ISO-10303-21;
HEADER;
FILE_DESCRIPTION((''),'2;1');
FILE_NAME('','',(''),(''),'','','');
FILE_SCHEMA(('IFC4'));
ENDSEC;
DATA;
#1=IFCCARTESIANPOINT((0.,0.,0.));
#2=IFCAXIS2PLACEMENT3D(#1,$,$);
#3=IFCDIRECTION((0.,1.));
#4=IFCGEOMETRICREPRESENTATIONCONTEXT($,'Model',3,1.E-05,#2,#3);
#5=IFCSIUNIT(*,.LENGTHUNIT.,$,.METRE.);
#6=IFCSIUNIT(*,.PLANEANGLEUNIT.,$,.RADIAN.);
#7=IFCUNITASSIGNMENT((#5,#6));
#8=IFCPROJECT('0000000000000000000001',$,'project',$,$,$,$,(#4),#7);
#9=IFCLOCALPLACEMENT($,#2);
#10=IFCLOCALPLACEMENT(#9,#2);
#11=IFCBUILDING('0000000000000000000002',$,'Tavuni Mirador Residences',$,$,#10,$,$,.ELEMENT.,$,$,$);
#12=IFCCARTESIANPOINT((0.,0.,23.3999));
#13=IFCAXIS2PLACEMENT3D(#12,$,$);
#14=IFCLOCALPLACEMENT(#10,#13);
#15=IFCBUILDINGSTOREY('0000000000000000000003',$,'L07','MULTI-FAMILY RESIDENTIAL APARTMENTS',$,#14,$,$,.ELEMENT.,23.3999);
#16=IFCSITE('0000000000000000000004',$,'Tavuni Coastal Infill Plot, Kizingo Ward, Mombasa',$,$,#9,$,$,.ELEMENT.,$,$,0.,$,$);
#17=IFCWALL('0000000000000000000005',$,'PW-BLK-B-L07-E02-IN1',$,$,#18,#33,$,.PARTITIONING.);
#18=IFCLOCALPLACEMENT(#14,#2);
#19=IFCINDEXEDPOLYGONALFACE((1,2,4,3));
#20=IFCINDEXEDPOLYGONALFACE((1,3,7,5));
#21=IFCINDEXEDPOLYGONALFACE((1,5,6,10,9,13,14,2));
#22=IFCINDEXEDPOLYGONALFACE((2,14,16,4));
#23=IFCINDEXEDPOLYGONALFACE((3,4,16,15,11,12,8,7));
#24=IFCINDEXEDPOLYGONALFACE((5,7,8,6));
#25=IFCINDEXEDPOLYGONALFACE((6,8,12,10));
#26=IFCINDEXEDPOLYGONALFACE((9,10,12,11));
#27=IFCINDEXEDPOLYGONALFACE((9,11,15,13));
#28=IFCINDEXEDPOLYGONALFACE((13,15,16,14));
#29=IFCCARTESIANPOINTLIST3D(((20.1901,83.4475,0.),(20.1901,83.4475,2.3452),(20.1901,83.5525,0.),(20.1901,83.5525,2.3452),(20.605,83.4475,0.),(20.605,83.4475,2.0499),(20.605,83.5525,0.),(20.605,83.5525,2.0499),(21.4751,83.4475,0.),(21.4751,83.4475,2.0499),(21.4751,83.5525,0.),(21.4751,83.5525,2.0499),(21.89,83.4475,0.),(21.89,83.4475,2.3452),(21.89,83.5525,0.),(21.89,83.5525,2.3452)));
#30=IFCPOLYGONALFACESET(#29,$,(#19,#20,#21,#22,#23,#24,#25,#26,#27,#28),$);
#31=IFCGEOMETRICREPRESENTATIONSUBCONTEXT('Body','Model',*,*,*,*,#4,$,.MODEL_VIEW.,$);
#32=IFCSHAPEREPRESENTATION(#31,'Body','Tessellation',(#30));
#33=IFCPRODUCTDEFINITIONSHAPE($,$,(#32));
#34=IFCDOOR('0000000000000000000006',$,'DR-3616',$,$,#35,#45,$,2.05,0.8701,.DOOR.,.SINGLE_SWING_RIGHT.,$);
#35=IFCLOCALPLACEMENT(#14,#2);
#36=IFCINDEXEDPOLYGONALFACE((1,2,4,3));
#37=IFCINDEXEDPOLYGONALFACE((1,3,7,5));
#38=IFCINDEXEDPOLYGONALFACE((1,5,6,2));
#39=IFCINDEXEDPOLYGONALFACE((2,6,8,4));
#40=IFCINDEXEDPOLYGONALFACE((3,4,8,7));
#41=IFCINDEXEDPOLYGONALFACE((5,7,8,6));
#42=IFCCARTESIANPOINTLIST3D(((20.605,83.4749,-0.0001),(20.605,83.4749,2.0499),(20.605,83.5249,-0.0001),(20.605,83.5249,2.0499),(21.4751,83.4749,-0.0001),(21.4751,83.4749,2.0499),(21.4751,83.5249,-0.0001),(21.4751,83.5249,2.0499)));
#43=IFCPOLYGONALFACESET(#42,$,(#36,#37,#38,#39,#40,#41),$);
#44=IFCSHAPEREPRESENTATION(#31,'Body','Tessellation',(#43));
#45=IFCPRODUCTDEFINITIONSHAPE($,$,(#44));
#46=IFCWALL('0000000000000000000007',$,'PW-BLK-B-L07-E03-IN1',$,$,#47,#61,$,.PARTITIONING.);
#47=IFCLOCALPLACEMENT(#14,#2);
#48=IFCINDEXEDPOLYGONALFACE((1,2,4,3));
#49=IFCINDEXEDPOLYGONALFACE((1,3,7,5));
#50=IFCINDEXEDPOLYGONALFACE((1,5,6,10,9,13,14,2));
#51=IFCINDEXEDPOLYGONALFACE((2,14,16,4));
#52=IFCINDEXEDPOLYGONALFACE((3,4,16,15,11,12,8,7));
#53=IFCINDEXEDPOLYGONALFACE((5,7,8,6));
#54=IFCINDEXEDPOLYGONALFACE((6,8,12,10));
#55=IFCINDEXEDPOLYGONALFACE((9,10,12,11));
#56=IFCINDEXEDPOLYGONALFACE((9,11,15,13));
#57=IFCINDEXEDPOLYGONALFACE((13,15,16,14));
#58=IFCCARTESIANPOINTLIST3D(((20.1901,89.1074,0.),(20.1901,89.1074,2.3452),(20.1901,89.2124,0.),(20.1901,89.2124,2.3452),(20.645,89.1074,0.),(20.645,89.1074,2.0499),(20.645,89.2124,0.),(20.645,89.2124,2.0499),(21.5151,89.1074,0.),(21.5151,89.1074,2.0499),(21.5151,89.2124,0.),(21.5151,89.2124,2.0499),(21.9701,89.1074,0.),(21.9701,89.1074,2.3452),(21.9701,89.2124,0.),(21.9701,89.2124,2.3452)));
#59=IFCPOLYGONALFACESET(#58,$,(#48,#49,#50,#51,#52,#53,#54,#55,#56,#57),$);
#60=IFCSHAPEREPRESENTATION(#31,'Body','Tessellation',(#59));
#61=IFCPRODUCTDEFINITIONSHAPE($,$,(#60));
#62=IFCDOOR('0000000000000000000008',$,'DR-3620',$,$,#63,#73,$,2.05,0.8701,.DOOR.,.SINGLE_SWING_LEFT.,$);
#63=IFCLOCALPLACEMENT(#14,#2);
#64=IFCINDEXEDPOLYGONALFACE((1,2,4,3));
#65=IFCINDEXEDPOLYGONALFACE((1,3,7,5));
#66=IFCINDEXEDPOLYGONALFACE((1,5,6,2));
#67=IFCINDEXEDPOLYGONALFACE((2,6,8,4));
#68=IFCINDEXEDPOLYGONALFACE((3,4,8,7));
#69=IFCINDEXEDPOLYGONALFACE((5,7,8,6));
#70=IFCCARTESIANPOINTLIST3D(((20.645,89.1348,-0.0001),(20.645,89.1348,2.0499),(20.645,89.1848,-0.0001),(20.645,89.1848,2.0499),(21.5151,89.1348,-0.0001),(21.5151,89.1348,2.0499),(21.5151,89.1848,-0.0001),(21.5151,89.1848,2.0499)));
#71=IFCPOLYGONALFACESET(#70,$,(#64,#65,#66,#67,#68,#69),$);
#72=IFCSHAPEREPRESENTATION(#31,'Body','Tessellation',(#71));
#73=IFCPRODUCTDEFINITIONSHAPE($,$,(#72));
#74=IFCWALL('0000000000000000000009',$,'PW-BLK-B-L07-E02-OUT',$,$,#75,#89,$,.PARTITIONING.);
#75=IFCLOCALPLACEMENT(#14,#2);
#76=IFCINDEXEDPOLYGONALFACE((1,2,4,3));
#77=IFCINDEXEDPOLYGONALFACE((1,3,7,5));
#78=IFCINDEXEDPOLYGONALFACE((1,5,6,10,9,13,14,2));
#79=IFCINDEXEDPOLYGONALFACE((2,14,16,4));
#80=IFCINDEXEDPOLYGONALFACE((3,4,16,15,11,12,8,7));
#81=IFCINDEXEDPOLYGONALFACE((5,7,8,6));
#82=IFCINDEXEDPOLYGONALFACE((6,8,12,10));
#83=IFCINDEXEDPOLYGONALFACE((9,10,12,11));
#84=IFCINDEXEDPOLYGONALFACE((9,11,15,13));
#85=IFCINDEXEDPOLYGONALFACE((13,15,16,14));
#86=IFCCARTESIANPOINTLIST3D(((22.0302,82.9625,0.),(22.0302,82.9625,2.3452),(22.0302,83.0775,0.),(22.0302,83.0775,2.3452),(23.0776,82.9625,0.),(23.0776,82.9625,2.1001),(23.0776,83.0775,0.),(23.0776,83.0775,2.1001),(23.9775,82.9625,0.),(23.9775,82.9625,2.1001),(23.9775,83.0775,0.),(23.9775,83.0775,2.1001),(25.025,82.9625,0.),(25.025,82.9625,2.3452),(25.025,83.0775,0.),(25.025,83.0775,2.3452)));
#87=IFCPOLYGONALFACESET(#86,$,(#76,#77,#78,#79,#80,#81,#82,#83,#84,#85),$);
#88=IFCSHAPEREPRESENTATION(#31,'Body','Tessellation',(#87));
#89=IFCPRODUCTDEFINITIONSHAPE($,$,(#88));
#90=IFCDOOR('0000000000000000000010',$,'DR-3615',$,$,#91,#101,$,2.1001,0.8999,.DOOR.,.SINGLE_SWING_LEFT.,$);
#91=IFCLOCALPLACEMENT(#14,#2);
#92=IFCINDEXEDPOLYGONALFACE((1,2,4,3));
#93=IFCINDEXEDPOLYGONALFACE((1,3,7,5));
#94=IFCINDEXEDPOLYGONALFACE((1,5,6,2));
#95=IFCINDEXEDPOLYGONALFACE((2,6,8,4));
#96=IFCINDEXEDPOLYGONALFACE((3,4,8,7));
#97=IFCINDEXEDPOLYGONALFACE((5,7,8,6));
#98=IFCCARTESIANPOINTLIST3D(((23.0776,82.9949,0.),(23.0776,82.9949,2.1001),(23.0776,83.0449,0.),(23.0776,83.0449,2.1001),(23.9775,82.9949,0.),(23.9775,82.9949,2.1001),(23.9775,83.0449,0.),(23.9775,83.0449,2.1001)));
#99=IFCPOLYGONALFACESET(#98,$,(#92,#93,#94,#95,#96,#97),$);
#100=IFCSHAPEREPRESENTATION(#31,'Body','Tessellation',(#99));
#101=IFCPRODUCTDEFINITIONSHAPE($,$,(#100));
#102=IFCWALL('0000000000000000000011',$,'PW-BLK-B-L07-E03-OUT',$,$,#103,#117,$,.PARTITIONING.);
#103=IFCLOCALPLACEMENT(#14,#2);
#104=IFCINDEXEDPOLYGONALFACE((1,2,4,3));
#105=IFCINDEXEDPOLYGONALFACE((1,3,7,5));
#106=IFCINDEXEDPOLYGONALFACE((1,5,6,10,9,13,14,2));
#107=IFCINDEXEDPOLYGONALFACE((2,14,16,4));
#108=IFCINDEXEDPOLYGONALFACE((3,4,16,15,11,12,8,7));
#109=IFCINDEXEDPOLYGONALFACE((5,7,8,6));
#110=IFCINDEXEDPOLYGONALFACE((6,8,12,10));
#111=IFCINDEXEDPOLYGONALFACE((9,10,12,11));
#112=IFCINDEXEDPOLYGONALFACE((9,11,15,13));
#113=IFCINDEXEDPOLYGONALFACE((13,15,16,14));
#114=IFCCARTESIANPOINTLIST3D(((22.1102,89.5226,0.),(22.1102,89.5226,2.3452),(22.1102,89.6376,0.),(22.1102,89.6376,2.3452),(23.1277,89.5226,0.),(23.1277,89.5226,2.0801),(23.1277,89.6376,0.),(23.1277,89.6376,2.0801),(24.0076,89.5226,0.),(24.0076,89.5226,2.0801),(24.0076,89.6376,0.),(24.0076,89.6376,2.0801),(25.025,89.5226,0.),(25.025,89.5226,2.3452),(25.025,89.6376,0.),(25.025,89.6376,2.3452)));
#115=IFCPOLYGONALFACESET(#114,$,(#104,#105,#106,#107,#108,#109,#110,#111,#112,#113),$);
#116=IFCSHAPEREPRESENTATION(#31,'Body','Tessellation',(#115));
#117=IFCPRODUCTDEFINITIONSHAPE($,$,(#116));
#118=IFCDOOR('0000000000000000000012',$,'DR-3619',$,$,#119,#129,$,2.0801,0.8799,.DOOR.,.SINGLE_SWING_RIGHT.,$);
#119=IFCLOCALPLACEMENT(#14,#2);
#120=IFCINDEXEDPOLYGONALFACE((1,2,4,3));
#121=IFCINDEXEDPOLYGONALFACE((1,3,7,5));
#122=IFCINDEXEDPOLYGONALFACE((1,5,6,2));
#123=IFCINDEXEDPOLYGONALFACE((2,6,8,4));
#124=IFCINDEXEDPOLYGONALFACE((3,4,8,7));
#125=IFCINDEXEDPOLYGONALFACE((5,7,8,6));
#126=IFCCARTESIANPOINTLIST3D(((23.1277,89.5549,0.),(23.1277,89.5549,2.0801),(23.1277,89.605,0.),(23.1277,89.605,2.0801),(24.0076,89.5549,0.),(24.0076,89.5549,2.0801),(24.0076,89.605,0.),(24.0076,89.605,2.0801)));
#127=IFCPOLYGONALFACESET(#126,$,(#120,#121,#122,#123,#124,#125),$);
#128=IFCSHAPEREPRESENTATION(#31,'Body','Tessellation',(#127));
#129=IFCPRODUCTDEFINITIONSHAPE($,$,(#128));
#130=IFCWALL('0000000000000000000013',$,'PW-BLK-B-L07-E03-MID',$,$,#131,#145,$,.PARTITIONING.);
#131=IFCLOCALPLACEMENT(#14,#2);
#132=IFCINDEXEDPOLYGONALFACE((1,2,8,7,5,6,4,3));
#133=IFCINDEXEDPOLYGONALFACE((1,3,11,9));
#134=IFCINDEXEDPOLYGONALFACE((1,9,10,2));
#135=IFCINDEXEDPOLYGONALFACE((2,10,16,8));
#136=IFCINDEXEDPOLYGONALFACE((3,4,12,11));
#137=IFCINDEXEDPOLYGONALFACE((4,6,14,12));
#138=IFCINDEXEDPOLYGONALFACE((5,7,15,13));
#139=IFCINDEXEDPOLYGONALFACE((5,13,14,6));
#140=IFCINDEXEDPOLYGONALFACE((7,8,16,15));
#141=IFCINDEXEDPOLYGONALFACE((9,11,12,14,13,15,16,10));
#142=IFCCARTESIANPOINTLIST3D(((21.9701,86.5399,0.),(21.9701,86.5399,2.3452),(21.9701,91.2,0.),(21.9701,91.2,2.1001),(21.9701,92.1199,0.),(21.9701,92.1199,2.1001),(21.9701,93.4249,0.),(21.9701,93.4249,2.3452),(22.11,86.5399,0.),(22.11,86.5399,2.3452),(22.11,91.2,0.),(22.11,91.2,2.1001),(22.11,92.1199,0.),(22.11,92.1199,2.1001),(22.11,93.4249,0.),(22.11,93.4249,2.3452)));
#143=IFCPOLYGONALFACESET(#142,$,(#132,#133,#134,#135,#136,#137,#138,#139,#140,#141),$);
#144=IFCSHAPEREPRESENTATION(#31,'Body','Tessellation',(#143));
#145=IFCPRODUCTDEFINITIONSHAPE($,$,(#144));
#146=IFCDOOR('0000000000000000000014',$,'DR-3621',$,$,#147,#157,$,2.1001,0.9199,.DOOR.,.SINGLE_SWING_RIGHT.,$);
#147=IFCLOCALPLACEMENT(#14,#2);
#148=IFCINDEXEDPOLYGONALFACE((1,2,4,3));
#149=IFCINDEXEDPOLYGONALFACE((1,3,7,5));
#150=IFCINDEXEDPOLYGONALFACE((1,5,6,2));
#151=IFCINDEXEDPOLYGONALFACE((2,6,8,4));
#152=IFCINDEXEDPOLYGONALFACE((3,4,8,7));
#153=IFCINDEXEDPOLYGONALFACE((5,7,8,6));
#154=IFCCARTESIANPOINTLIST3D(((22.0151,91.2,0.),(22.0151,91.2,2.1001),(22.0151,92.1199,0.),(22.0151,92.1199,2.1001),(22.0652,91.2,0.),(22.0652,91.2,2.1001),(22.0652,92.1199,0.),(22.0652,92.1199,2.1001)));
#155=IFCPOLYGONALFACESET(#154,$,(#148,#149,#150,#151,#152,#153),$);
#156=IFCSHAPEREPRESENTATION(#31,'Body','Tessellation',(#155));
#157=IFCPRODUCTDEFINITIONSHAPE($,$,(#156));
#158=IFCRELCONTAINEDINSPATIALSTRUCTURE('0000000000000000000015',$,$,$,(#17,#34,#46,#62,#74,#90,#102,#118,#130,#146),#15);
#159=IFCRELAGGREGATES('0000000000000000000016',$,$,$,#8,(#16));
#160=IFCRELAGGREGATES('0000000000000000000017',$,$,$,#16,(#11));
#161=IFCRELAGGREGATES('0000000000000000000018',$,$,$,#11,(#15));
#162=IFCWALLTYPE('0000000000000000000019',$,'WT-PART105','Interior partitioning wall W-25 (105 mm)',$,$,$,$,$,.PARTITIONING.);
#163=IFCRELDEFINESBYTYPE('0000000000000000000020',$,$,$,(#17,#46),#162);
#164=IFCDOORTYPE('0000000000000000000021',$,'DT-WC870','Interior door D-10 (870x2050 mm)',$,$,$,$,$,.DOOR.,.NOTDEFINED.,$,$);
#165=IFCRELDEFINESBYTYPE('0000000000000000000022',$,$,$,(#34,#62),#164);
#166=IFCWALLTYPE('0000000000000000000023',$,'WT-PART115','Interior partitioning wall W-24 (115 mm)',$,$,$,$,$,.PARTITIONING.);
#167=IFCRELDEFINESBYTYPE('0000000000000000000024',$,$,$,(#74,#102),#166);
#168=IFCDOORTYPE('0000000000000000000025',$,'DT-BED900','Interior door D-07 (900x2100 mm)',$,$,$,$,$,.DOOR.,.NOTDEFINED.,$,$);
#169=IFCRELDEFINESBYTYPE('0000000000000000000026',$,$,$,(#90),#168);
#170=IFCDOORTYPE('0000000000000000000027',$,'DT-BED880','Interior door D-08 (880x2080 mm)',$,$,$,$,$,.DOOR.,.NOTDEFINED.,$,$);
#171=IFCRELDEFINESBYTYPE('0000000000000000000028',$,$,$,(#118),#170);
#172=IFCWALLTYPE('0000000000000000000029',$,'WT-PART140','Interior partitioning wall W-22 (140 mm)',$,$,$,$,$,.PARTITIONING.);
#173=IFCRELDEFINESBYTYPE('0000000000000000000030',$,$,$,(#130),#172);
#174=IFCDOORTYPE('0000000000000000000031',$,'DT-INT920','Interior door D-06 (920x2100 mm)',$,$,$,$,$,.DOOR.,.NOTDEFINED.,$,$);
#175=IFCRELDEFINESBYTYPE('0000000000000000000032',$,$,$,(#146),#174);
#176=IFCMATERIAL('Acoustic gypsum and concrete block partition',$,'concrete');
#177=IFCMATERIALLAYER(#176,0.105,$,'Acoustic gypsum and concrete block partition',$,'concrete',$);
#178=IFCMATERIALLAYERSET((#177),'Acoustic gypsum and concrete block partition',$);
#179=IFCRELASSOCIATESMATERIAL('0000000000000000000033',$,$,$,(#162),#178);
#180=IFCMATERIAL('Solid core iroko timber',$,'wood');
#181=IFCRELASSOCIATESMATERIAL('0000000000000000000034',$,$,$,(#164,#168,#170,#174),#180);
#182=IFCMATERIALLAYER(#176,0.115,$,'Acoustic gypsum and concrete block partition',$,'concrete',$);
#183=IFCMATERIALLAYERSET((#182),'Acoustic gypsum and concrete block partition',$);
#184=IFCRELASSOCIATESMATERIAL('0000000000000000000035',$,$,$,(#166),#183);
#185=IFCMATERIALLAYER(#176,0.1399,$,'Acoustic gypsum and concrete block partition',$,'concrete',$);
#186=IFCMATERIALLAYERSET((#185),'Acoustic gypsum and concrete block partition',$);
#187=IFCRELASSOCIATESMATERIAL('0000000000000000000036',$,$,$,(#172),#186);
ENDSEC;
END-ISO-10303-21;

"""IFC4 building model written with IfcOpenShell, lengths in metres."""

from ifc_helpers import new_model, si_unit, direction, frame, frame_2d, origin, place, context, subcontext, project, spatial, rectangle, extrude, material, layer, layer_set, type_object, element, fill, save


model = new_model("IFC4")

# Units and contexts
model_context = context("Model", 3, precision=1e-05, world=origin(), true_north=direction((0.0, 1.0)))
body_context = subcontext(model_context, "Body", "Model", "MODEL_VIEW")
ifc_project = project(units=[si_unit("LENGTHUNIT", "METRE"), si_unit("PLANEANGLEUNIT", "RADIAN")], contexts=[model_context])

# Site, building, storey
site_placement = place(None, origin())
site = spatial("IfcSite", under=ifc_project, at=site_placement, Name="Tavuni Coastal Infill Plot, Kizingo Ward, Mombasa", CompositionType="ELEMENT", RefElevation=0.0)
building_placement = place(site_placement, origin())
building = spatial("IfcBuilding", under=site, at=building_placement, Name="Tavuni Mirador Residences", CompositionType="ELEMENT")
storey_placement = place(building_placement, frame((0.0, 0.0, 23.3999)))
storey = spatial("IfcBuildingStorey", under=building, at=storey_placement, Name="L07", Description="MULTI-FAMILY RESIDENTIAL APARTMENTS", CompositionType="ELEMENT", Elevation=23.3999)

# Shared definitions
ifc_material_1 = material(Name="Solid core iroko timber", Category="wood")

# Walls, openings, doors
ifc_material_2 = material(Name="Acoustic gypsum and concrete block partition", Category="concrete")
ifc_layer_1 = layer(ifc_material_2, 0.105, Name="Acoustic gypsum and concrete block partition", Category="concrete")
ifc_layer_set_1 = layer_set([ifc_layer_1], Name="Acoustic gypsum and concrete block partition")
wall_type_1 = type_object("IfcWallType", Name="WT-PART105", Description="Interior partitioning wall W-25 (105 mm)", PredefinedType="PARTITIONING", material=ifc_layer_set_1)
wall_1_placement = place(storey_placement, frame((20.1899, 83.5, 0.0), z_axis=(0.0, 0.0, 1.0), x_axis=(1.0, 0.0, 0.0)))
wall_1 = element("IfcWall", 1, at=wall_1_placement, inside=storey, type_object=wall_type_1, Name="PW-BLK-B-L07-E02-IN1", PredefinedType="PARTITIONING", context=body_context, shape_type="SweptSolid", body=[
    extrude(rectangle(XDim=1.7, YDim=0.105, at=frame_2d((0.8501, 0.0))), origin(), (0.0, 0.0, 1.0), 2.3452),
])
opening_1_placement = place(wall_1_placement, frame((0.415, 0.0, 0.0)))
opening_1 = element("IfcOpeningElement", 2, at=opening_1_placement, cuts=wall_1, PredefinedType="OPENING", context=body_context, shape_type="SweptSolid", body=[
    extrude(rectangle(XDim=0.8701, YDim=2.05, at=frame_2d((0.4351, 1.0249))), frame((0.0, 0.0625, 0.0), z_axis=(0.0, -1.0, 0.0), x_axis=(1.0, 0.0, 0.0)), (0.0, 0.0, 1.0), 0.125),
])
door_type_1 = type_object("IfcDoorType", Name="DT-WC870", Description="Interior door D-10 (870x2050 mm)", OperationType="NOTDEFINED", PredefinedType="DOOR", material=ifc_material_1)
door_1_placement = place(opening_1_placement, origin())
door_1 = element("IfcDoor", 3, at=door_1_placement, inside=storey, type_object=door_type_1, Name="DR-3616", OperationType="SINGLE_SWING_RIGHT", OverallHeight=2.05, OverallWidth=0.8701, PredefinedType="DOOR", context=body_context, shape_type="SweptSolid", body=[
    extrude(rectangle(XDim=0.8701, YDim=2.05, at=frame_2d((0.4351, 1.0249))), frame((0.0, 0.0249, 0.0), z_axis=(0.0, -1.0, 0.0), x_axis=(1.0, 0.0, 0.0)), (0.0, 0.0, 1.0), 0.05),
])
fill(opening_1, door_1)
wall_2_placement = place(storey_placement, frame((20.1899, 89.1599, 0.0), z_axis=(0.0, 0.0, 1.0), x_axis=(1.0, 0.0, 0.0)))
wall_2 = element("IfcWall", 4, at=wall_2_placement, inside=storey, type_object=wall_type_1, Name="PW-BLK-B-L07-E03-IN1", PredefinedType="PARTITIONING", context=body_context, shape_type="SweptSolid", body=[
    extrude(rectangle(XDim=1.78, YDim=0.105, at=frame_2d((0.8901, 0.0))), origin(), (0.0, 0.0, 1.0), 2.3452),
])
opening_2_placement = place(wall_2_placement, frame((0.4551, 0.0, 0.0)))
opening_2 = element("IfcOpeningElement", 5, at=opening_2_placement, cuts=wall_2, PredefinedType="OPENING", context=body_context, shape_type="SweptSolid", body=[
    extrude(rectangle(XDim=0.8701, YDim=2.05, at=frame_2d((0.4351, 1.0249))), frame((0.0, 0.0625, 0.0), z_axis=(0.0, -1.0, 0.0), x_axis=(1.0, 0.0, 0.0)), (0.0, 0.0, 1.0), 0.125),
])
door_2_placement = place(opening_2_placement, origin())
door_2 = element("IfcDoor", 6, at=door_2_placement, inside=storey, type_object=door_type_1, Name="DR-3620", OperationType="SINGLE_SWING_LEFT", OverallHeight=2.05, OverallWidth=0.8701, PredefinedType="DOOR", context=body_context, shape_type="SweptSolid", body=[
    extrude(rectangle(XDim=0.8701, YDim=2.05, at=frame_2d((0.4351, 1.0249))), frame((0.0, 0.0249, 0.0), z_axis=(0.0, -1.0, 0.0), x_axis=(1.0, 0.0, 0.0)), (0.0, 0.0, 1.0), 0.05),
])
fill(opening_2, door_2)
ifc_layer_2 = layer(ifc_material_2, 0.115, Name="Acoustic gypsum and concrete block partition", Category="concrete")
ifc_layer_set_2 = layer_set([ifc_layer_2], Name="Acoustic gypsum and concrete block partition")
wall_type_2 = type_object("IfcWallType", Name="WT-PART115", Description="Interior partitioning wall W-24 (115 mm)", PredefinedType="PARTITIONING", material=ifc_layer_set_2)
wall_3_placement = place(storey_placement, frame((22.03, 83.02, 0.0), z_axis=(0.0, 0.0, 1.0), x_axis=(1.0, 0.0, 0.0)))
wall_3 = element("IfcWall", 7, at=wall_3_placement, inside=storey, type_object=wall_type_2, Name="PW-BLK-B-L07-E02-OUT", PredefinedType="PARTITIONING", context=body_context, shape_type="SweptSolid", body=[
    extrude(rectangle(XDim=2.9949, YDim=0.115, at=frame_2d((1.4976, 0.0))), origin(), (0.0, 0.0, 1.0), 2.3452),
])
opening_3_placement = place(wall_3_placement, frame((1.0476, 0.0, 0.0)))
opening_3 = element("IfcOpeningElement", 8, at=opening_3_placement, cuts=wall_3, PredefinedType="OPENING", context=body_context, shape_type="SweptSolid", body=[
    extrude(rectangle(XDim=0.8999, YDim=2.1001, at=frame_2d((0.45, 1.05))), frame((0.0, 0.0674, 0.0), z_axis=(0.0, -1.0, 0.0), x_axis=(1.0, 0.0, 0.0)), (0.0, 0.0, 1.0), 0.135),
])
door_type_2 = type_object("IfcDoorType", Name="DT-BED900", Description="Interior door D-07 (900x2100 mm)", OperationType="NOTDEFINED", PredefinedType="DOOR", material=ifc_material_1)
door_3_placement = place(opening_3_placement, origin())
door_3 = element("IfcDoor", 9, at=door_3_placement, inside=storey, type_object=door_type_2, Name="DR-3615", OperationType="SINGLE_SWING_LEFT", OverallHeight=2.1001, OverallWidth=0.8999, PredefinedType="DOOR", context=body_context, shape_type="SweptSolid", body=[
    extrude(rectangle(XDim=0.8999, YDim=2.1001, at=frame_2d((0.45, 1.05))), frame((0.0, 0.0249, 0.0), z_axis=(0.0, -1.0, 0.0), x_axis=(1.0, 0.0, 0.0)), (0.0, 0.0, 1.0), 0.05),
])
fill(opening_3, door_3)
wall_4_placement = place(storey_placement, frame((22.1101, 89.5801, 0.0), z_axis=(0.0, 0.0, 1.0), x_axis=(1.0, 0.0, 0.0)))
wall_4 = element("IfcWall", 10, at=wall_4_placement, inside=storey, type_object=wall_type_2, Name="PW-BLK-B-L07-E03-OUT", PredefinedType="PARTITIONING", context=body_context, shape_type="SweptSolid", body=[
    extrude(rectangle(XDim=2.9148, YDim=0.115, at=frame_2d((1.4575, 0.0))), origin(), (0.0, 0.0, 1.0), 2.3452),
])
opening_4_placement = place(wall_4_placement, frame((1.0176, 0.0, 0.0)))
opening_4 = element("IfcOpeningElement", 11, at=opening_4_placement, cuts=wall_4, PredefinedType="OPENING", context=body_context, shape_type="SweptSolid", body=[
    extrude(rectangle(XDim=0.8799, YDim=2.0801, at=frame_2d((0.4399, 1.04))), frame((0.0, 0.0674, 0.0), z_axis=(0.0, -1.0, 0.0), x_axis=(1.0, 0.0, 0.0)), (0.0, 0.0, 1.0), 0.135),
])
door_type_3 = type_object("IfcDoorType", Name="DT-BED880", Description="Interior door D-08 (880x2080 mm)", OperationType="NOTDEFINED", PredefinedType="DOOR", material=ifc_material_1)
door_4_placement = place(opening_4_placement, origin())
door_4 = element("IfcDoor", 12, at=door_4_placement, inside=storey, type_object=door_type_3, Name="DR-3619", OperationType="SINGLE_SWING_RIGHT", OverallHeight=2.0801, OverallWidth=0.8799, PredefinedType="DOOR", context=body_context, shape_type="SweptSolid", body=[
    extrude(rectangle(XDim=0.8799, YDim=2.0801, at=frame_2d((0.4399, 1.04))), frame((0.0, 0.0249, 0.0), z_axis=(0.0, -1.0, 0.0), x_axis=(1.0, 0.0, 0.0)), (0.0, 0.0, 1.0), 0.05),
])
fill(opening_4, door_4)
ifc_layer_3 = layer(ifc_material_2, 0.1399, Name="Acoustic gypsum and concrete block partition", Category="concrete")
ifc_layer_set_3 = layer_set([ifc_layer_3], Name="Acoustic gypsum and concrete block partition")
wall_type_3 = type_object("IfcWallType", Name="WT-PART140", Description="Interior partitioning wall W-22 (140 mm)", PredefinedType="PARTITIONING", material=ifc_layer_set_3)
wall_5_placement = place(storey_placement, frame((22.04, 86.54, 0.0), z_axis=(0.0, 0.0, 1.0), x_axis=(0.0, 1.0, 0.0)))
wall_5 = element("IfcWall", 13, at=wall_5_placement, inside=storey, type_object=wall_type_3, Name="PW-BLK-B-L07-E03-MID", PredefinedType="PARTITIONING", context=body_context, shape_type="SweptSolid", body=[
    extrude(rectangle(XDim=6.885, YDim=0.1399, at=frame_2d((3.4424, 0.0))), origin(), (0.0, 0.0, 1.0), 2.3452),
])
opening_5_placement = place(wall_5_placement, frame((4.6599, 0.0, 0.0)))
opening_5 = element("IfcOpeningElement", 14, at=opening_5_placement, cuts=wall_5, PredefinedType="OPENING", context=body_context, shape_type="SweptSolid", body=[
    extrude(rectangle(XDim=0.9199, YDim=2.1001, at=frame_2d((0.46, 1.05))), frame((0.0, 0.0801, 0.0), z_axis=(0.0, -1.0, 0.0), x_axis=(1.0, 0.0, 0.0)), (0.0, 0.0, 1.0), 0.1599),
])
door_type_4 = type_object("IfcDoorType", Name="DT-INT920", Description="Interior door D-06 (920x2100 mm)", OperationType="NOTDEFINED", PredefinedType="DOOR", material=ifc_material_1)
door_5_placement = place(opening_5_placement, origin())
door_5 = element("IfcDoor", 15, at=door_5_placement, inside=storey, type_object=door_type_4, Name="DR-3621", OperationType="SINGLE_SWING_RIGHT", OverallHeight=2.1001, OverallWidth=0.9199, PredefinedType="DOOR", context=body_context, shape_type="SweptSolid", body=[
    extrude(rectangle(XDim=0.9199, YDim=2.1001, at=frame_2d((0.46, 1.05))), frame((0.0, 0.0249, 0.0), z_axis=(0.0, -1.0, 0.0), x_axis=(1.0, 0.0, 0.0)), (0.0, 0.0, 1.0), 0.05),
])
fill(opening_5, door_5)

save(model, "model.ifc")
